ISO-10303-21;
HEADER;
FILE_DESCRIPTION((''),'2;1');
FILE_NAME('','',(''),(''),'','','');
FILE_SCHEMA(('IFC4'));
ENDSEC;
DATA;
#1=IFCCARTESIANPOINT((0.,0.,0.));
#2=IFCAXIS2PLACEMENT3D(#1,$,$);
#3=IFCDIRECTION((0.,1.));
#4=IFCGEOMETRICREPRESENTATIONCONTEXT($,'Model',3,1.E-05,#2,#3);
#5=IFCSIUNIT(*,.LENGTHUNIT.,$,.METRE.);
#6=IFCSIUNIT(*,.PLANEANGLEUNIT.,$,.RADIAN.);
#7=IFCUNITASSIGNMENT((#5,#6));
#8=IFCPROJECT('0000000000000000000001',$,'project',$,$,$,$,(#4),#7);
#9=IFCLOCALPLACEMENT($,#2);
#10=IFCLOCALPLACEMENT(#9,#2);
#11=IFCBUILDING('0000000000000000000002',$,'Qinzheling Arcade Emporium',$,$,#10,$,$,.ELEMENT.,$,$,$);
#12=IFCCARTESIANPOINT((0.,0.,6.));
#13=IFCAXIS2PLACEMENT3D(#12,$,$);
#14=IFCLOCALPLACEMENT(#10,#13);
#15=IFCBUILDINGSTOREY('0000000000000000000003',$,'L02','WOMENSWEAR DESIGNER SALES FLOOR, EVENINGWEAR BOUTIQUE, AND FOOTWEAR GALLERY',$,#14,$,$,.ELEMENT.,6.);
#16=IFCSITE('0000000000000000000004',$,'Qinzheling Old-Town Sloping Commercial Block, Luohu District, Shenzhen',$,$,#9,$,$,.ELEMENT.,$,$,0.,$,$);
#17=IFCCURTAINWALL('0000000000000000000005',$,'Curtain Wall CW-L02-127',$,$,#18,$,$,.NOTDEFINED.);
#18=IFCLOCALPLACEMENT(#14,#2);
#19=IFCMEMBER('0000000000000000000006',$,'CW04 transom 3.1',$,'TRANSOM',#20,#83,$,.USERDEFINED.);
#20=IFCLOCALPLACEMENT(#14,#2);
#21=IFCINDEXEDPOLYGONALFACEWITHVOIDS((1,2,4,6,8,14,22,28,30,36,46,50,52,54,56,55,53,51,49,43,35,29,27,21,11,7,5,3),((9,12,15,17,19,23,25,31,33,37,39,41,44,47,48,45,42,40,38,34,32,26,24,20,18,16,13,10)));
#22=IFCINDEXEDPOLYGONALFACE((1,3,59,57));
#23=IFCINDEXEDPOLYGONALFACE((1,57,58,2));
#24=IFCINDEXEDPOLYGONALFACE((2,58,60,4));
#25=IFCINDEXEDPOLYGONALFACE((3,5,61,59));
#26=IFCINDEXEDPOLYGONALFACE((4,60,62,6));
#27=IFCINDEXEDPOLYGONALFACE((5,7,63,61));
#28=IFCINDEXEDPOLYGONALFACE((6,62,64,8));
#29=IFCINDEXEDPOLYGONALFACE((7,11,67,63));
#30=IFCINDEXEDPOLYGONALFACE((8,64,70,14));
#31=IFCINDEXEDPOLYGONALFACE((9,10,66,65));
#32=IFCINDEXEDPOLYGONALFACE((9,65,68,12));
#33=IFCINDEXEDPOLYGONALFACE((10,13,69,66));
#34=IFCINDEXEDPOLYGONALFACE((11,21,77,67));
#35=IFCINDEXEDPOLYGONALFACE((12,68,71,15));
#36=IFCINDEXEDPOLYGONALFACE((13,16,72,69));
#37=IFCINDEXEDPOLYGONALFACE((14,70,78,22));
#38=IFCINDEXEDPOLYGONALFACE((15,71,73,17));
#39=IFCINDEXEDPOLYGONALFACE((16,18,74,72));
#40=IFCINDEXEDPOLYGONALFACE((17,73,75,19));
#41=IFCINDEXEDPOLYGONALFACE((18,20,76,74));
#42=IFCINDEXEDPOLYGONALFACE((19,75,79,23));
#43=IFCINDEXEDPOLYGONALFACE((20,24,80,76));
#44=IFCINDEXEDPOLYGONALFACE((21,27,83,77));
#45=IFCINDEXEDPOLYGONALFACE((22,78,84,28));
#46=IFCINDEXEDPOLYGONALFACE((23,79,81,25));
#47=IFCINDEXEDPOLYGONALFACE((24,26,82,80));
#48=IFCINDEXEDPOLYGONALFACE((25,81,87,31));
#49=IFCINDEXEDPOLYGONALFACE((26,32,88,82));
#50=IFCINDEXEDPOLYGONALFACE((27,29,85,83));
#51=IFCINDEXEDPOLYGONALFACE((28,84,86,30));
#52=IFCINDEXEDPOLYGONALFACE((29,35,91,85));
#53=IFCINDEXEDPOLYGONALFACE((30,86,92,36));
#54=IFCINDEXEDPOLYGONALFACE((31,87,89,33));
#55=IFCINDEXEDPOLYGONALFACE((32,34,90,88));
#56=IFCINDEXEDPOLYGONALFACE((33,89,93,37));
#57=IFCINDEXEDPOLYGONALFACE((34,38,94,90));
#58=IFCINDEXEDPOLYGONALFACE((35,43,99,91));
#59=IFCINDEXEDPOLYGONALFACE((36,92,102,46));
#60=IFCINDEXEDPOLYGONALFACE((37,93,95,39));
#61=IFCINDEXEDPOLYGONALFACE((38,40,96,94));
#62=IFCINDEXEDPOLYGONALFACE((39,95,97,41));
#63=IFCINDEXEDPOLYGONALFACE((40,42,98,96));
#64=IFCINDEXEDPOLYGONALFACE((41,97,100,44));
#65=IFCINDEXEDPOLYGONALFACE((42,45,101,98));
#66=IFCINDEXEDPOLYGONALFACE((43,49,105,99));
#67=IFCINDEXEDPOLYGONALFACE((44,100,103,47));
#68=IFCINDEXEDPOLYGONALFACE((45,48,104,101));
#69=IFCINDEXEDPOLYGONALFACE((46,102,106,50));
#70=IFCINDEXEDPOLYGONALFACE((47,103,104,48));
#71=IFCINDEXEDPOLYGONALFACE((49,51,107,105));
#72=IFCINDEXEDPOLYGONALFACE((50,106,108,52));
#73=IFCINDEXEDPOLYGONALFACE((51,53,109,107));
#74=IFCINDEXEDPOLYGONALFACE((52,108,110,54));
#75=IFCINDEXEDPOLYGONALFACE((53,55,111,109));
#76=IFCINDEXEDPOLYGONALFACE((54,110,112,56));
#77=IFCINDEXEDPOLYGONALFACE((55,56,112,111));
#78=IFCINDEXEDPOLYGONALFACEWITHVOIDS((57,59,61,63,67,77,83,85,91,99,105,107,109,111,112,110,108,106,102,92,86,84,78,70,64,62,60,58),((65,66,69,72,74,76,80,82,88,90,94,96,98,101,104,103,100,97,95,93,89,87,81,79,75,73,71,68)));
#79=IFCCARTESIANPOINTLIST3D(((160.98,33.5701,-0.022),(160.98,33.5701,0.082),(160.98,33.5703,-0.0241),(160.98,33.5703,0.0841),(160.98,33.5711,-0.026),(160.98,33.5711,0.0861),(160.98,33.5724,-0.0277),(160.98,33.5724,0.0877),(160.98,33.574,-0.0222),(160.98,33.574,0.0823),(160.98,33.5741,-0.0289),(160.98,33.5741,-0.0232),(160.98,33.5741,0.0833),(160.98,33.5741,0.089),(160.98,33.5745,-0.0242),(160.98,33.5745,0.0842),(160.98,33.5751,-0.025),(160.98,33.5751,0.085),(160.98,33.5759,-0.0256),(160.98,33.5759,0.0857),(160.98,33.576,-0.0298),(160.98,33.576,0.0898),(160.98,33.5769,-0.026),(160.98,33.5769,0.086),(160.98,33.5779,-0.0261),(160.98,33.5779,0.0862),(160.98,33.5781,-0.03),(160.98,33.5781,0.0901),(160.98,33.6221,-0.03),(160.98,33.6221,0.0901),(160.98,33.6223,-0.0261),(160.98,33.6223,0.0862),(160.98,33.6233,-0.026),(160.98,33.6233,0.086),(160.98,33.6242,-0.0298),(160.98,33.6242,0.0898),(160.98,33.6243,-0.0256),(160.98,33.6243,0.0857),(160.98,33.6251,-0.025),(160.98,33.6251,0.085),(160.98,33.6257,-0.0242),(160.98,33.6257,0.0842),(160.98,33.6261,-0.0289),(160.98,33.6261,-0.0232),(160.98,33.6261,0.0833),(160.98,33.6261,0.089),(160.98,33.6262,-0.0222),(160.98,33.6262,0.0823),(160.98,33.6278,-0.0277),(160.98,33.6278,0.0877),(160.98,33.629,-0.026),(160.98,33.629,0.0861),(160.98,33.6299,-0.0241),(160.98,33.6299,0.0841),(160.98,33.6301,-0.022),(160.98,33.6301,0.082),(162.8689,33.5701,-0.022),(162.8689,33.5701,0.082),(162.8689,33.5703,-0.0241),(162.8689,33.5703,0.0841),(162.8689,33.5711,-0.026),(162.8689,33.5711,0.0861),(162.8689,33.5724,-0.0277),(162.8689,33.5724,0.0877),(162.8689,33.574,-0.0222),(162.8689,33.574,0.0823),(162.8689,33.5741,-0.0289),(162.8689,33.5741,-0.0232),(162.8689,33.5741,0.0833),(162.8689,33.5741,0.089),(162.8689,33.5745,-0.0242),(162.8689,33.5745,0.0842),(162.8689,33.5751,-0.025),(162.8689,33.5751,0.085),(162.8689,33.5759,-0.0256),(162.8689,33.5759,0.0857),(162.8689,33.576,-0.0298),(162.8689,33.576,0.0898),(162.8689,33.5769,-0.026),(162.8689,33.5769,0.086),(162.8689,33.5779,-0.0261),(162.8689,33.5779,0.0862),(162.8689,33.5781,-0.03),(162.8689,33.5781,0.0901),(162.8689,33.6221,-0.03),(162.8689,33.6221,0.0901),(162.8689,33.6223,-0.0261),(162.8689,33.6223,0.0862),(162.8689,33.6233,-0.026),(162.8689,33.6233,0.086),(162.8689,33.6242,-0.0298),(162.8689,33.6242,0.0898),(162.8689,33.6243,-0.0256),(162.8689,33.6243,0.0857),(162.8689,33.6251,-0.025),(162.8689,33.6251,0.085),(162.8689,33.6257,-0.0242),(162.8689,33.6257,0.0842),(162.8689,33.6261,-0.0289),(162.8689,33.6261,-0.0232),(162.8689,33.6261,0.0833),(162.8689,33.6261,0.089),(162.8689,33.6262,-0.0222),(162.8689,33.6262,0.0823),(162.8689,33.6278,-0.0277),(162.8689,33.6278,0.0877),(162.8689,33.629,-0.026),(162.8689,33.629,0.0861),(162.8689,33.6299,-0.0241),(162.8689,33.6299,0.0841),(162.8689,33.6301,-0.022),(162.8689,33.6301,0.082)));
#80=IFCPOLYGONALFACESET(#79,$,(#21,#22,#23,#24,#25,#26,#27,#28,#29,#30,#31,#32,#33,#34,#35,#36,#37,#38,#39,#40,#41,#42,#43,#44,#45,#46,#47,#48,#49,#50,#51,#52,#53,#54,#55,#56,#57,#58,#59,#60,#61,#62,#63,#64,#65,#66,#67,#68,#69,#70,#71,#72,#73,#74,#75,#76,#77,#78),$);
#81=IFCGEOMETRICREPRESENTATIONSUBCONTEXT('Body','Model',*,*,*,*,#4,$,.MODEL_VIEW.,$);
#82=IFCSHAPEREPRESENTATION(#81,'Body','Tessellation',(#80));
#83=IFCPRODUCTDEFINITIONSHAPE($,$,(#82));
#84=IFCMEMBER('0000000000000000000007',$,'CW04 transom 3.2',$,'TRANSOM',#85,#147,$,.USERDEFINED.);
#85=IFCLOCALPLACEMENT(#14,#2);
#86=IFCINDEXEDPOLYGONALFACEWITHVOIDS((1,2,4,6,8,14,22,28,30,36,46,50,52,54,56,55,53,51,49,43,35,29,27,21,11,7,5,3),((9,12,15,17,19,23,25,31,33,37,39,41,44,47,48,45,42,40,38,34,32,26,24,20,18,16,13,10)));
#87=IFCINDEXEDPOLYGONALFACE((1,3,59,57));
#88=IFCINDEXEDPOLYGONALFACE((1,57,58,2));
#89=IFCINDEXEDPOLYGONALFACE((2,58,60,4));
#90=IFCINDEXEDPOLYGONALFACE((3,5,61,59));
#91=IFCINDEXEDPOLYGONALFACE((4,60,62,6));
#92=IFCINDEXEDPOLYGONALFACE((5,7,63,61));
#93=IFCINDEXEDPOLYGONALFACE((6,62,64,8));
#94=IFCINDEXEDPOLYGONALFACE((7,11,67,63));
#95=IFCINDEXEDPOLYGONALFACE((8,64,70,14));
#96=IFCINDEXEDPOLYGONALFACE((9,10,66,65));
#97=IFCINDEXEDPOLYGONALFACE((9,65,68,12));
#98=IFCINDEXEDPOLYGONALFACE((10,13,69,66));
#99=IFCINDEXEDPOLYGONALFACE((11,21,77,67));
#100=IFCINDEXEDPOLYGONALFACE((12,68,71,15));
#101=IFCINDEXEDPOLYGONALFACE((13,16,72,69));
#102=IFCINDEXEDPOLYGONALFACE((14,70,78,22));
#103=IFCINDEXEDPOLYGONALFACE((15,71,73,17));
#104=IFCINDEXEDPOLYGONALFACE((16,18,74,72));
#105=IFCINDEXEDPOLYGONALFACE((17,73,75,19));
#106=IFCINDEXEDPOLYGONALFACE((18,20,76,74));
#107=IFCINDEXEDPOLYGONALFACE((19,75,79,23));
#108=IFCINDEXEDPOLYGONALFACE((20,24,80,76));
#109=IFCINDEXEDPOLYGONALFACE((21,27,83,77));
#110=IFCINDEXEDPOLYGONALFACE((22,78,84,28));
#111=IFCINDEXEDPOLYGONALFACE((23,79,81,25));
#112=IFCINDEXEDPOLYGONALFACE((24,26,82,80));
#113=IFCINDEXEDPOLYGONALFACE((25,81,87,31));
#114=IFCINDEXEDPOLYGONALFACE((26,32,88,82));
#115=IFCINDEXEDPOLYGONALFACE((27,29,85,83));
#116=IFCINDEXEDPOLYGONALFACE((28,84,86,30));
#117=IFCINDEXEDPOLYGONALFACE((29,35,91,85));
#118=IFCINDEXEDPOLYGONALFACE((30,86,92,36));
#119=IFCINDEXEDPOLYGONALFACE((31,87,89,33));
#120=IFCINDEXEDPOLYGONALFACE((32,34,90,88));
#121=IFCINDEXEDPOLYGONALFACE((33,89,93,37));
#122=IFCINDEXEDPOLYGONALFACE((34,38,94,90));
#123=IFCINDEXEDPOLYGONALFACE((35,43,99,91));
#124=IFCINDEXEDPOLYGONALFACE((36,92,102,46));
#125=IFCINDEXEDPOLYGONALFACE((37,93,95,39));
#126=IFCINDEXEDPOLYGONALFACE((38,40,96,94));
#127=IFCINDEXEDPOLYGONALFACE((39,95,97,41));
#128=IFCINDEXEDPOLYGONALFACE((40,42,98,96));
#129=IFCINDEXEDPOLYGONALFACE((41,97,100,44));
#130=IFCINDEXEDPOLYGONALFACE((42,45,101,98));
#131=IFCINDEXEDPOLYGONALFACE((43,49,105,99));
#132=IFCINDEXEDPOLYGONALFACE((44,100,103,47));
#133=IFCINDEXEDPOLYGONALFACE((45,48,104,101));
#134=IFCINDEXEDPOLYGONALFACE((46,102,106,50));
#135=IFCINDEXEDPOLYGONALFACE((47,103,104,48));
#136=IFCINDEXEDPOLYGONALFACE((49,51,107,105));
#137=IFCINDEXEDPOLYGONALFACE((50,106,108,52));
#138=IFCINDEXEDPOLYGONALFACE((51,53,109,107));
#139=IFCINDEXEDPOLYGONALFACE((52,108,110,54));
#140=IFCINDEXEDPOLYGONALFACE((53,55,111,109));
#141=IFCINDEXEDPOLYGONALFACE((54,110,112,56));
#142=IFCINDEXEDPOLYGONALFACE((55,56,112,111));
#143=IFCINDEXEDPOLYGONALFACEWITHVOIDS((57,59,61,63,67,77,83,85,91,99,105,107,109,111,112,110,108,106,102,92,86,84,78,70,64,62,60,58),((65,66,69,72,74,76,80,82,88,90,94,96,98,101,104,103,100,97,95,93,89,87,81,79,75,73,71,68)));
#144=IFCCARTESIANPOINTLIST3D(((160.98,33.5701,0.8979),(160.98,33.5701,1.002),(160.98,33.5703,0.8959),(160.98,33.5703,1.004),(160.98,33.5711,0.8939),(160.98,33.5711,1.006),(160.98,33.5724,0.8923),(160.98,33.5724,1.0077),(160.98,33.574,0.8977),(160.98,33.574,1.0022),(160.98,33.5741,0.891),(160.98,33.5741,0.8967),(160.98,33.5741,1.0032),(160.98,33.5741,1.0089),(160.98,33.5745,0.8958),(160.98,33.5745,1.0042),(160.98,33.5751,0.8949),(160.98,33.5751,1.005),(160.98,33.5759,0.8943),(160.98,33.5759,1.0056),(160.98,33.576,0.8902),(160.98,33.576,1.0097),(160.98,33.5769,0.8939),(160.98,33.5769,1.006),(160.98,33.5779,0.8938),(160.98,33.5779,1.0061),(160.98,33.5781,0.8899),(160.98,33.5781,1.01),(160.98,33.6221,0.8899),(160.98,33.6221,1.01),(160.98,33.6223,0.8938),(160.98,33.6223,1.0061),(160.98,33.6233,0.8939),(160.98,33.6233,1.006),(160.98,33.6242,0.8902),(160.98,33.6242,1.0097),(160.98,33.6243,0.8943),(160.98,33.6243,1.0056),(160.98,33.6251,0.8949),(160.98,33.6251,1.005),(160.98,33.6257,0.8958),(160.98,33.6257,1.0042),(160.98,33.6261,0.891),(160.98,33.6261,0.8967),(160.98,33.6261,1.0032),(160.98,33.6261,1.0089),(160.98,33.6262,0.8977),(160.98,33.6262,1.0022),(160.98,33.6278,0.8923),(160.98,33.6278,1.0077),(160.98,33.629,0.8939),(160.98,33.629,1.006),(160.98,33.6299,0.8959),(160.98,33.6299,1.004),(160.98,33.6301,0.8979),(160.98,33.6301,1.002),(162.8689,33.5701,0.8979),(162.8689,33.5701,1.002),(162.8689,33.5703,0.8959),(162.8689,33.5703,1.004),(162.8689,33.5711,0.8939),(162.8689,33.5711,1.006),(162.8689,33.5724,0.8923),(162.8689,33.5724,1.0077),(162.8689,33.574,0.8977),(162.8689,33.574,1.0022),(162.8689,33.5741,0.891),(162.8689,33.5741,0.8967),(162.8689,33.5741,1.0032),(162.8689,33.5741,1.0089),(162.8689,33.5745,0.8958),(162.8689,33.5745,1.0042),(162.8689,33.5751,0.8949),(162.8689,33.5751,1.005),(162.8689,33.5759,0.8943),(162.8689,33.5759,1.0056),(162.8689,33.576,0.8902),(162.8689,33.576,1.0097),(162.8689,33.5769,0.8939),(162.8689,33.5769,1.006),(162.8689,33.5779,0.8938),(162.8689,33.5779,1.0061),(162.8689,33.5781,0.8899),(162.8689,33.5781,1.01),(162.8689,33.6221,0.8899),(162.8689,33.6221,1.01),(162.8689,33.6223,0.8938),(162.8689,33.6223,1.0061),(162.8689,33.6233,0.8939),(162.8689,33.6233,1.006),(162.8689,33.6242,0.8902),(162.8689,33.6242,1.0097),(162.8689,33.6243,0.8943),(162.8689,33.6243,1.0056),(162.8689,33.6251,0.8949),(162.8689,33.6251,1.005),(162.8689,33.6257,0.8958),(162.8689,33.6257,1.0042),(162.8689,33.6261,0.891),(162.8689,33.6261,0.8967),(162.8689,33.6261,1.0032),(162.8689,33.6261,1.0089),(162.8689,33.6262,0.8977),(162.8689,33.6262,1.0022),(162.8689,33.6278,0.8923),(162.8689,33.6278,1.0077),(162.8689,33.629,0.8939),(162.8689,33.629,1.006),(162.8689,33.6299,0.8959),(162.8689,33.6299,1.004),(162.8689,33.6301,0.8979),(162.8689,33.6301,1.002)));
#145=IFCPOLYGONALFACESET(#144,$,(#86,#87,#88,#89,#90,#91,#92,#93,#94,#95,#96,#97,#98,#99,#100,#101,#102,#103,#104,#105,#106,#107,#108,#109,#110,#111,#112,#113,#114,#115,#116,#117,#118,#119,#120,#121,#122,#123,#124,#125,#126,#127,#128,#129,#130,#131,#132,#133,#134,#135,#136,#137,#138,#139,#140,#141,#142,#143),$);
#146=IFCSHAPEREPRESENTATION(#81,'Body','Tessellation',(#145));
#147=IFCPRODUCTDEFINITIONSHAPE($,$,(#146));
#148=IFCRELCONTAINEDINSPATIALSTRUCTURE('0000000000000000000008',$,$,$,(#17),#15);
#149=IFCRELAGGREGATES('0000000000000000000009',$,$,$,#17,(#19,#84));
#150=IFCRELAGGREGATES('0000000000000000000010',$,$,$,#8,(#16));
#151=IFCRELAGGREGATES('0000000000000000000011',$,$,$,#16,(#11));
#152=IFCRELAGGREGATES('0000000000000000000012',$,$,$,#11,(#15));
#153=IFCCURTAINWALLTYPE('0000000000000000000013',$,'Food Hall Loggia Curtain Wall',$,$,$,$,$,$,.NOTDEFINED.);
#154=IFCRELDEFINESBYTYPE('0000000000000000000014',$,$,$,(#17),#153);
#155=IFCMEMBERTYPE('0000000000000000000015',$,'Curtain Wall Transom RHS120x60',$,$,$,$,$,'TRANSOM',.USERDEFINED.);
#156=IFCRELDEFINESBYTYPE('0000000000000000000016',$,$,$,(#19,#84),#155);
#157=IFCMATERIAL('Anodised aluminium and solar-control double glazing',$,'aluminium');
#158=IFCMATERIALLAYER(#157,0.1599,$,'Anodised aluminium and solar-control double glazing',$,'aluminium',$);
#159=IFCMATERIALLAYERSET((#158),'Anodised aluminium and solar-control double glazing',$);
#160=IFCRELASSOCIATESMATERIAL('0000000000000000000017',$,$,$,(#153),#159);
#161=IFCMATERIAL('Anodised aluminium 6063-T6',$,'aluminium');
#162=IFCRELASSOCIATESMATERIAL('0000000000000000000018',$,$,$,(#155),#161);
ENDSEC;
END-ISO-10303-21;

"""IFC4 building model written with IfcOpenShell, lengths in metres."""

from ifc_helpers import new_model, si_unit, direction, frame, origin, origin_2d, place, context, subcontext, project, spatial, hollow_rectangle, extrude, material, layer, layer_set, material_profile, profile_set, type_object, element, aggregate, save


model = new_model("IFC4")

# Units and contexts
model_context = context("Model", 3, precision=1e-05, world=origin(), true_north=direction((0.0, 1.0)))
body_context = subcontext(model_context, "Body", "Model", "MODEL_VIEW")
ifc_project = project(units=[si_unit("LENGTHUNIT", "METRE"), si_unit("PLANEANGLEUNIT", "RADIAN")], contexts=[model_context])

# Site, building, storey
site_placement = place(None, origin())
site = spatial("IfcSite", under=ifc_project, at=site_placement, Name="Qinzheling Old-Town Sloping Commercial Block, Luohu District, Shenzhen", CompositionType="ELEMENT", RefElevation=0.0)
building_placement = place(site_placement, origin())
building = spatial("IfcBuilding", under=site, at=building_placement, Name="Qinzheling Arcade Emporium", CompositionType="ELEMENT")
storey_placement = place(building_placement, frame((0.0, 0.0, 6.0)))
storey = spatial("IfcBuildingStorey", under=building, at=storey_placement, Name="L02", Description="WOMENSWEAR DESIGNER SALES FLOOR, EVENINGWEAR BOUTIQUE, AND FOOTWEAR GALLERY", CompositionType="ELEMENT", Elevation=6.0)

# Curtain wall, members
ifc_material_1 = material(Name="Anodised aluminium and solar-control double glazing", Category="aluminium")
ifc_layer_1 = layer(ifc_material_1, 0.1599, Name="Anodised aluminium and solar-control double glazing", Category="aluminium")
ifc_layer_set_1 = layer_set([ifc_layer_1], Name="Anodised aluminium and solar-control double glazing")
curtain_wall_type = type_object("IfcCurtainWallType", Name="Food Hall Loggia Curtain Wall", PredefinedType="NOTDEFINED", material=ifc_layer_set_1)
curtain_wall_placement = place(storey_placement, origin())
curtain_wall = element("IfcCurtainWall", 1, at=curtain_wall_placement, inside=storey, type_object=curtain_wall_type, Name="Curtain Wall CW-L02-127", PredefinedType="NOTDEFINED")
ifc_material_2 = material(Name="Anodised aluminium 6063-T6", Category="aluminium")
ifc_material_profile_1 = material_profile(ifc_material_2, hollow_rectangle(XDim=0.0601, YDim=0.1201, WallThickness=0.0039, InnerFilletRadius=0.0039, OuterFilletRadius=0.0081, at=origin_2d()), Name="RHS 120x60x4", Category="aluminium")
ifc_profile_set_1 = profile_set([ifc_material_profile_1], Name="Anodised aluminium 6063-T6")
member_type_1 = type_object("IfcMemberType", Name="Curtain Wall Transom RHS120x60", ElementType="TRANSOM", PredefinedType="USERDEFINED", material=ifc_profile_set_1)
member_1_placement = place(storey_placement, frame((160.98, 33.6001, 0.03), z_axis=(1.0, 0.0, 0.0), x_axis=(0.0, 1.0, 0.0)))
member_1 = element("IfcMember", 2, at=member_1_placement, type_object=member_type_1, Name="CW04 transom 3.1", ObjectType="TRANSOM", PredefinedType="USERDEFINED", context=body_context, shape_type="SweptSolid", body=[
    extrude(hollow_rectangle(XDim=0.0601, YDim=0.1201, WallThickness=0.0039, InnerFilletRadius=0.0039, OuterFilletRadius=0.0081, at=origin_2d()), origin(), (0.0, 0.0, 1.0), 1.8889),
])
member_2_placement = place(storey_placement, frame((160.98, 33.6001, 0.95), z_axis=(1.0, 0.0, 0.0), x_axis=(0.0, 1.0, 0.0)))
member_2 = element("IfcMember", 3, at=member_2_placement, type_object=member_type_1, Name="CW04 transom 3.2", ObjectType="TRANSOM", PredefinedType="USERDEFINED", context=body_context, shape_type="SweptSolid", body=[
    extrude(hollow_rectangle(XDim=0.0601, YDim=0.1201, WallThickness=0.0039, InnerFilletRadius=0.0039, OuterFilletRadius=0.0081, at=origin_2d()), origin(), (0.0, 0.0, 1.0), 1.8889),
])
aggregate(curtain_wall, [member_1, member_2])

save(model, "model.ifc")
